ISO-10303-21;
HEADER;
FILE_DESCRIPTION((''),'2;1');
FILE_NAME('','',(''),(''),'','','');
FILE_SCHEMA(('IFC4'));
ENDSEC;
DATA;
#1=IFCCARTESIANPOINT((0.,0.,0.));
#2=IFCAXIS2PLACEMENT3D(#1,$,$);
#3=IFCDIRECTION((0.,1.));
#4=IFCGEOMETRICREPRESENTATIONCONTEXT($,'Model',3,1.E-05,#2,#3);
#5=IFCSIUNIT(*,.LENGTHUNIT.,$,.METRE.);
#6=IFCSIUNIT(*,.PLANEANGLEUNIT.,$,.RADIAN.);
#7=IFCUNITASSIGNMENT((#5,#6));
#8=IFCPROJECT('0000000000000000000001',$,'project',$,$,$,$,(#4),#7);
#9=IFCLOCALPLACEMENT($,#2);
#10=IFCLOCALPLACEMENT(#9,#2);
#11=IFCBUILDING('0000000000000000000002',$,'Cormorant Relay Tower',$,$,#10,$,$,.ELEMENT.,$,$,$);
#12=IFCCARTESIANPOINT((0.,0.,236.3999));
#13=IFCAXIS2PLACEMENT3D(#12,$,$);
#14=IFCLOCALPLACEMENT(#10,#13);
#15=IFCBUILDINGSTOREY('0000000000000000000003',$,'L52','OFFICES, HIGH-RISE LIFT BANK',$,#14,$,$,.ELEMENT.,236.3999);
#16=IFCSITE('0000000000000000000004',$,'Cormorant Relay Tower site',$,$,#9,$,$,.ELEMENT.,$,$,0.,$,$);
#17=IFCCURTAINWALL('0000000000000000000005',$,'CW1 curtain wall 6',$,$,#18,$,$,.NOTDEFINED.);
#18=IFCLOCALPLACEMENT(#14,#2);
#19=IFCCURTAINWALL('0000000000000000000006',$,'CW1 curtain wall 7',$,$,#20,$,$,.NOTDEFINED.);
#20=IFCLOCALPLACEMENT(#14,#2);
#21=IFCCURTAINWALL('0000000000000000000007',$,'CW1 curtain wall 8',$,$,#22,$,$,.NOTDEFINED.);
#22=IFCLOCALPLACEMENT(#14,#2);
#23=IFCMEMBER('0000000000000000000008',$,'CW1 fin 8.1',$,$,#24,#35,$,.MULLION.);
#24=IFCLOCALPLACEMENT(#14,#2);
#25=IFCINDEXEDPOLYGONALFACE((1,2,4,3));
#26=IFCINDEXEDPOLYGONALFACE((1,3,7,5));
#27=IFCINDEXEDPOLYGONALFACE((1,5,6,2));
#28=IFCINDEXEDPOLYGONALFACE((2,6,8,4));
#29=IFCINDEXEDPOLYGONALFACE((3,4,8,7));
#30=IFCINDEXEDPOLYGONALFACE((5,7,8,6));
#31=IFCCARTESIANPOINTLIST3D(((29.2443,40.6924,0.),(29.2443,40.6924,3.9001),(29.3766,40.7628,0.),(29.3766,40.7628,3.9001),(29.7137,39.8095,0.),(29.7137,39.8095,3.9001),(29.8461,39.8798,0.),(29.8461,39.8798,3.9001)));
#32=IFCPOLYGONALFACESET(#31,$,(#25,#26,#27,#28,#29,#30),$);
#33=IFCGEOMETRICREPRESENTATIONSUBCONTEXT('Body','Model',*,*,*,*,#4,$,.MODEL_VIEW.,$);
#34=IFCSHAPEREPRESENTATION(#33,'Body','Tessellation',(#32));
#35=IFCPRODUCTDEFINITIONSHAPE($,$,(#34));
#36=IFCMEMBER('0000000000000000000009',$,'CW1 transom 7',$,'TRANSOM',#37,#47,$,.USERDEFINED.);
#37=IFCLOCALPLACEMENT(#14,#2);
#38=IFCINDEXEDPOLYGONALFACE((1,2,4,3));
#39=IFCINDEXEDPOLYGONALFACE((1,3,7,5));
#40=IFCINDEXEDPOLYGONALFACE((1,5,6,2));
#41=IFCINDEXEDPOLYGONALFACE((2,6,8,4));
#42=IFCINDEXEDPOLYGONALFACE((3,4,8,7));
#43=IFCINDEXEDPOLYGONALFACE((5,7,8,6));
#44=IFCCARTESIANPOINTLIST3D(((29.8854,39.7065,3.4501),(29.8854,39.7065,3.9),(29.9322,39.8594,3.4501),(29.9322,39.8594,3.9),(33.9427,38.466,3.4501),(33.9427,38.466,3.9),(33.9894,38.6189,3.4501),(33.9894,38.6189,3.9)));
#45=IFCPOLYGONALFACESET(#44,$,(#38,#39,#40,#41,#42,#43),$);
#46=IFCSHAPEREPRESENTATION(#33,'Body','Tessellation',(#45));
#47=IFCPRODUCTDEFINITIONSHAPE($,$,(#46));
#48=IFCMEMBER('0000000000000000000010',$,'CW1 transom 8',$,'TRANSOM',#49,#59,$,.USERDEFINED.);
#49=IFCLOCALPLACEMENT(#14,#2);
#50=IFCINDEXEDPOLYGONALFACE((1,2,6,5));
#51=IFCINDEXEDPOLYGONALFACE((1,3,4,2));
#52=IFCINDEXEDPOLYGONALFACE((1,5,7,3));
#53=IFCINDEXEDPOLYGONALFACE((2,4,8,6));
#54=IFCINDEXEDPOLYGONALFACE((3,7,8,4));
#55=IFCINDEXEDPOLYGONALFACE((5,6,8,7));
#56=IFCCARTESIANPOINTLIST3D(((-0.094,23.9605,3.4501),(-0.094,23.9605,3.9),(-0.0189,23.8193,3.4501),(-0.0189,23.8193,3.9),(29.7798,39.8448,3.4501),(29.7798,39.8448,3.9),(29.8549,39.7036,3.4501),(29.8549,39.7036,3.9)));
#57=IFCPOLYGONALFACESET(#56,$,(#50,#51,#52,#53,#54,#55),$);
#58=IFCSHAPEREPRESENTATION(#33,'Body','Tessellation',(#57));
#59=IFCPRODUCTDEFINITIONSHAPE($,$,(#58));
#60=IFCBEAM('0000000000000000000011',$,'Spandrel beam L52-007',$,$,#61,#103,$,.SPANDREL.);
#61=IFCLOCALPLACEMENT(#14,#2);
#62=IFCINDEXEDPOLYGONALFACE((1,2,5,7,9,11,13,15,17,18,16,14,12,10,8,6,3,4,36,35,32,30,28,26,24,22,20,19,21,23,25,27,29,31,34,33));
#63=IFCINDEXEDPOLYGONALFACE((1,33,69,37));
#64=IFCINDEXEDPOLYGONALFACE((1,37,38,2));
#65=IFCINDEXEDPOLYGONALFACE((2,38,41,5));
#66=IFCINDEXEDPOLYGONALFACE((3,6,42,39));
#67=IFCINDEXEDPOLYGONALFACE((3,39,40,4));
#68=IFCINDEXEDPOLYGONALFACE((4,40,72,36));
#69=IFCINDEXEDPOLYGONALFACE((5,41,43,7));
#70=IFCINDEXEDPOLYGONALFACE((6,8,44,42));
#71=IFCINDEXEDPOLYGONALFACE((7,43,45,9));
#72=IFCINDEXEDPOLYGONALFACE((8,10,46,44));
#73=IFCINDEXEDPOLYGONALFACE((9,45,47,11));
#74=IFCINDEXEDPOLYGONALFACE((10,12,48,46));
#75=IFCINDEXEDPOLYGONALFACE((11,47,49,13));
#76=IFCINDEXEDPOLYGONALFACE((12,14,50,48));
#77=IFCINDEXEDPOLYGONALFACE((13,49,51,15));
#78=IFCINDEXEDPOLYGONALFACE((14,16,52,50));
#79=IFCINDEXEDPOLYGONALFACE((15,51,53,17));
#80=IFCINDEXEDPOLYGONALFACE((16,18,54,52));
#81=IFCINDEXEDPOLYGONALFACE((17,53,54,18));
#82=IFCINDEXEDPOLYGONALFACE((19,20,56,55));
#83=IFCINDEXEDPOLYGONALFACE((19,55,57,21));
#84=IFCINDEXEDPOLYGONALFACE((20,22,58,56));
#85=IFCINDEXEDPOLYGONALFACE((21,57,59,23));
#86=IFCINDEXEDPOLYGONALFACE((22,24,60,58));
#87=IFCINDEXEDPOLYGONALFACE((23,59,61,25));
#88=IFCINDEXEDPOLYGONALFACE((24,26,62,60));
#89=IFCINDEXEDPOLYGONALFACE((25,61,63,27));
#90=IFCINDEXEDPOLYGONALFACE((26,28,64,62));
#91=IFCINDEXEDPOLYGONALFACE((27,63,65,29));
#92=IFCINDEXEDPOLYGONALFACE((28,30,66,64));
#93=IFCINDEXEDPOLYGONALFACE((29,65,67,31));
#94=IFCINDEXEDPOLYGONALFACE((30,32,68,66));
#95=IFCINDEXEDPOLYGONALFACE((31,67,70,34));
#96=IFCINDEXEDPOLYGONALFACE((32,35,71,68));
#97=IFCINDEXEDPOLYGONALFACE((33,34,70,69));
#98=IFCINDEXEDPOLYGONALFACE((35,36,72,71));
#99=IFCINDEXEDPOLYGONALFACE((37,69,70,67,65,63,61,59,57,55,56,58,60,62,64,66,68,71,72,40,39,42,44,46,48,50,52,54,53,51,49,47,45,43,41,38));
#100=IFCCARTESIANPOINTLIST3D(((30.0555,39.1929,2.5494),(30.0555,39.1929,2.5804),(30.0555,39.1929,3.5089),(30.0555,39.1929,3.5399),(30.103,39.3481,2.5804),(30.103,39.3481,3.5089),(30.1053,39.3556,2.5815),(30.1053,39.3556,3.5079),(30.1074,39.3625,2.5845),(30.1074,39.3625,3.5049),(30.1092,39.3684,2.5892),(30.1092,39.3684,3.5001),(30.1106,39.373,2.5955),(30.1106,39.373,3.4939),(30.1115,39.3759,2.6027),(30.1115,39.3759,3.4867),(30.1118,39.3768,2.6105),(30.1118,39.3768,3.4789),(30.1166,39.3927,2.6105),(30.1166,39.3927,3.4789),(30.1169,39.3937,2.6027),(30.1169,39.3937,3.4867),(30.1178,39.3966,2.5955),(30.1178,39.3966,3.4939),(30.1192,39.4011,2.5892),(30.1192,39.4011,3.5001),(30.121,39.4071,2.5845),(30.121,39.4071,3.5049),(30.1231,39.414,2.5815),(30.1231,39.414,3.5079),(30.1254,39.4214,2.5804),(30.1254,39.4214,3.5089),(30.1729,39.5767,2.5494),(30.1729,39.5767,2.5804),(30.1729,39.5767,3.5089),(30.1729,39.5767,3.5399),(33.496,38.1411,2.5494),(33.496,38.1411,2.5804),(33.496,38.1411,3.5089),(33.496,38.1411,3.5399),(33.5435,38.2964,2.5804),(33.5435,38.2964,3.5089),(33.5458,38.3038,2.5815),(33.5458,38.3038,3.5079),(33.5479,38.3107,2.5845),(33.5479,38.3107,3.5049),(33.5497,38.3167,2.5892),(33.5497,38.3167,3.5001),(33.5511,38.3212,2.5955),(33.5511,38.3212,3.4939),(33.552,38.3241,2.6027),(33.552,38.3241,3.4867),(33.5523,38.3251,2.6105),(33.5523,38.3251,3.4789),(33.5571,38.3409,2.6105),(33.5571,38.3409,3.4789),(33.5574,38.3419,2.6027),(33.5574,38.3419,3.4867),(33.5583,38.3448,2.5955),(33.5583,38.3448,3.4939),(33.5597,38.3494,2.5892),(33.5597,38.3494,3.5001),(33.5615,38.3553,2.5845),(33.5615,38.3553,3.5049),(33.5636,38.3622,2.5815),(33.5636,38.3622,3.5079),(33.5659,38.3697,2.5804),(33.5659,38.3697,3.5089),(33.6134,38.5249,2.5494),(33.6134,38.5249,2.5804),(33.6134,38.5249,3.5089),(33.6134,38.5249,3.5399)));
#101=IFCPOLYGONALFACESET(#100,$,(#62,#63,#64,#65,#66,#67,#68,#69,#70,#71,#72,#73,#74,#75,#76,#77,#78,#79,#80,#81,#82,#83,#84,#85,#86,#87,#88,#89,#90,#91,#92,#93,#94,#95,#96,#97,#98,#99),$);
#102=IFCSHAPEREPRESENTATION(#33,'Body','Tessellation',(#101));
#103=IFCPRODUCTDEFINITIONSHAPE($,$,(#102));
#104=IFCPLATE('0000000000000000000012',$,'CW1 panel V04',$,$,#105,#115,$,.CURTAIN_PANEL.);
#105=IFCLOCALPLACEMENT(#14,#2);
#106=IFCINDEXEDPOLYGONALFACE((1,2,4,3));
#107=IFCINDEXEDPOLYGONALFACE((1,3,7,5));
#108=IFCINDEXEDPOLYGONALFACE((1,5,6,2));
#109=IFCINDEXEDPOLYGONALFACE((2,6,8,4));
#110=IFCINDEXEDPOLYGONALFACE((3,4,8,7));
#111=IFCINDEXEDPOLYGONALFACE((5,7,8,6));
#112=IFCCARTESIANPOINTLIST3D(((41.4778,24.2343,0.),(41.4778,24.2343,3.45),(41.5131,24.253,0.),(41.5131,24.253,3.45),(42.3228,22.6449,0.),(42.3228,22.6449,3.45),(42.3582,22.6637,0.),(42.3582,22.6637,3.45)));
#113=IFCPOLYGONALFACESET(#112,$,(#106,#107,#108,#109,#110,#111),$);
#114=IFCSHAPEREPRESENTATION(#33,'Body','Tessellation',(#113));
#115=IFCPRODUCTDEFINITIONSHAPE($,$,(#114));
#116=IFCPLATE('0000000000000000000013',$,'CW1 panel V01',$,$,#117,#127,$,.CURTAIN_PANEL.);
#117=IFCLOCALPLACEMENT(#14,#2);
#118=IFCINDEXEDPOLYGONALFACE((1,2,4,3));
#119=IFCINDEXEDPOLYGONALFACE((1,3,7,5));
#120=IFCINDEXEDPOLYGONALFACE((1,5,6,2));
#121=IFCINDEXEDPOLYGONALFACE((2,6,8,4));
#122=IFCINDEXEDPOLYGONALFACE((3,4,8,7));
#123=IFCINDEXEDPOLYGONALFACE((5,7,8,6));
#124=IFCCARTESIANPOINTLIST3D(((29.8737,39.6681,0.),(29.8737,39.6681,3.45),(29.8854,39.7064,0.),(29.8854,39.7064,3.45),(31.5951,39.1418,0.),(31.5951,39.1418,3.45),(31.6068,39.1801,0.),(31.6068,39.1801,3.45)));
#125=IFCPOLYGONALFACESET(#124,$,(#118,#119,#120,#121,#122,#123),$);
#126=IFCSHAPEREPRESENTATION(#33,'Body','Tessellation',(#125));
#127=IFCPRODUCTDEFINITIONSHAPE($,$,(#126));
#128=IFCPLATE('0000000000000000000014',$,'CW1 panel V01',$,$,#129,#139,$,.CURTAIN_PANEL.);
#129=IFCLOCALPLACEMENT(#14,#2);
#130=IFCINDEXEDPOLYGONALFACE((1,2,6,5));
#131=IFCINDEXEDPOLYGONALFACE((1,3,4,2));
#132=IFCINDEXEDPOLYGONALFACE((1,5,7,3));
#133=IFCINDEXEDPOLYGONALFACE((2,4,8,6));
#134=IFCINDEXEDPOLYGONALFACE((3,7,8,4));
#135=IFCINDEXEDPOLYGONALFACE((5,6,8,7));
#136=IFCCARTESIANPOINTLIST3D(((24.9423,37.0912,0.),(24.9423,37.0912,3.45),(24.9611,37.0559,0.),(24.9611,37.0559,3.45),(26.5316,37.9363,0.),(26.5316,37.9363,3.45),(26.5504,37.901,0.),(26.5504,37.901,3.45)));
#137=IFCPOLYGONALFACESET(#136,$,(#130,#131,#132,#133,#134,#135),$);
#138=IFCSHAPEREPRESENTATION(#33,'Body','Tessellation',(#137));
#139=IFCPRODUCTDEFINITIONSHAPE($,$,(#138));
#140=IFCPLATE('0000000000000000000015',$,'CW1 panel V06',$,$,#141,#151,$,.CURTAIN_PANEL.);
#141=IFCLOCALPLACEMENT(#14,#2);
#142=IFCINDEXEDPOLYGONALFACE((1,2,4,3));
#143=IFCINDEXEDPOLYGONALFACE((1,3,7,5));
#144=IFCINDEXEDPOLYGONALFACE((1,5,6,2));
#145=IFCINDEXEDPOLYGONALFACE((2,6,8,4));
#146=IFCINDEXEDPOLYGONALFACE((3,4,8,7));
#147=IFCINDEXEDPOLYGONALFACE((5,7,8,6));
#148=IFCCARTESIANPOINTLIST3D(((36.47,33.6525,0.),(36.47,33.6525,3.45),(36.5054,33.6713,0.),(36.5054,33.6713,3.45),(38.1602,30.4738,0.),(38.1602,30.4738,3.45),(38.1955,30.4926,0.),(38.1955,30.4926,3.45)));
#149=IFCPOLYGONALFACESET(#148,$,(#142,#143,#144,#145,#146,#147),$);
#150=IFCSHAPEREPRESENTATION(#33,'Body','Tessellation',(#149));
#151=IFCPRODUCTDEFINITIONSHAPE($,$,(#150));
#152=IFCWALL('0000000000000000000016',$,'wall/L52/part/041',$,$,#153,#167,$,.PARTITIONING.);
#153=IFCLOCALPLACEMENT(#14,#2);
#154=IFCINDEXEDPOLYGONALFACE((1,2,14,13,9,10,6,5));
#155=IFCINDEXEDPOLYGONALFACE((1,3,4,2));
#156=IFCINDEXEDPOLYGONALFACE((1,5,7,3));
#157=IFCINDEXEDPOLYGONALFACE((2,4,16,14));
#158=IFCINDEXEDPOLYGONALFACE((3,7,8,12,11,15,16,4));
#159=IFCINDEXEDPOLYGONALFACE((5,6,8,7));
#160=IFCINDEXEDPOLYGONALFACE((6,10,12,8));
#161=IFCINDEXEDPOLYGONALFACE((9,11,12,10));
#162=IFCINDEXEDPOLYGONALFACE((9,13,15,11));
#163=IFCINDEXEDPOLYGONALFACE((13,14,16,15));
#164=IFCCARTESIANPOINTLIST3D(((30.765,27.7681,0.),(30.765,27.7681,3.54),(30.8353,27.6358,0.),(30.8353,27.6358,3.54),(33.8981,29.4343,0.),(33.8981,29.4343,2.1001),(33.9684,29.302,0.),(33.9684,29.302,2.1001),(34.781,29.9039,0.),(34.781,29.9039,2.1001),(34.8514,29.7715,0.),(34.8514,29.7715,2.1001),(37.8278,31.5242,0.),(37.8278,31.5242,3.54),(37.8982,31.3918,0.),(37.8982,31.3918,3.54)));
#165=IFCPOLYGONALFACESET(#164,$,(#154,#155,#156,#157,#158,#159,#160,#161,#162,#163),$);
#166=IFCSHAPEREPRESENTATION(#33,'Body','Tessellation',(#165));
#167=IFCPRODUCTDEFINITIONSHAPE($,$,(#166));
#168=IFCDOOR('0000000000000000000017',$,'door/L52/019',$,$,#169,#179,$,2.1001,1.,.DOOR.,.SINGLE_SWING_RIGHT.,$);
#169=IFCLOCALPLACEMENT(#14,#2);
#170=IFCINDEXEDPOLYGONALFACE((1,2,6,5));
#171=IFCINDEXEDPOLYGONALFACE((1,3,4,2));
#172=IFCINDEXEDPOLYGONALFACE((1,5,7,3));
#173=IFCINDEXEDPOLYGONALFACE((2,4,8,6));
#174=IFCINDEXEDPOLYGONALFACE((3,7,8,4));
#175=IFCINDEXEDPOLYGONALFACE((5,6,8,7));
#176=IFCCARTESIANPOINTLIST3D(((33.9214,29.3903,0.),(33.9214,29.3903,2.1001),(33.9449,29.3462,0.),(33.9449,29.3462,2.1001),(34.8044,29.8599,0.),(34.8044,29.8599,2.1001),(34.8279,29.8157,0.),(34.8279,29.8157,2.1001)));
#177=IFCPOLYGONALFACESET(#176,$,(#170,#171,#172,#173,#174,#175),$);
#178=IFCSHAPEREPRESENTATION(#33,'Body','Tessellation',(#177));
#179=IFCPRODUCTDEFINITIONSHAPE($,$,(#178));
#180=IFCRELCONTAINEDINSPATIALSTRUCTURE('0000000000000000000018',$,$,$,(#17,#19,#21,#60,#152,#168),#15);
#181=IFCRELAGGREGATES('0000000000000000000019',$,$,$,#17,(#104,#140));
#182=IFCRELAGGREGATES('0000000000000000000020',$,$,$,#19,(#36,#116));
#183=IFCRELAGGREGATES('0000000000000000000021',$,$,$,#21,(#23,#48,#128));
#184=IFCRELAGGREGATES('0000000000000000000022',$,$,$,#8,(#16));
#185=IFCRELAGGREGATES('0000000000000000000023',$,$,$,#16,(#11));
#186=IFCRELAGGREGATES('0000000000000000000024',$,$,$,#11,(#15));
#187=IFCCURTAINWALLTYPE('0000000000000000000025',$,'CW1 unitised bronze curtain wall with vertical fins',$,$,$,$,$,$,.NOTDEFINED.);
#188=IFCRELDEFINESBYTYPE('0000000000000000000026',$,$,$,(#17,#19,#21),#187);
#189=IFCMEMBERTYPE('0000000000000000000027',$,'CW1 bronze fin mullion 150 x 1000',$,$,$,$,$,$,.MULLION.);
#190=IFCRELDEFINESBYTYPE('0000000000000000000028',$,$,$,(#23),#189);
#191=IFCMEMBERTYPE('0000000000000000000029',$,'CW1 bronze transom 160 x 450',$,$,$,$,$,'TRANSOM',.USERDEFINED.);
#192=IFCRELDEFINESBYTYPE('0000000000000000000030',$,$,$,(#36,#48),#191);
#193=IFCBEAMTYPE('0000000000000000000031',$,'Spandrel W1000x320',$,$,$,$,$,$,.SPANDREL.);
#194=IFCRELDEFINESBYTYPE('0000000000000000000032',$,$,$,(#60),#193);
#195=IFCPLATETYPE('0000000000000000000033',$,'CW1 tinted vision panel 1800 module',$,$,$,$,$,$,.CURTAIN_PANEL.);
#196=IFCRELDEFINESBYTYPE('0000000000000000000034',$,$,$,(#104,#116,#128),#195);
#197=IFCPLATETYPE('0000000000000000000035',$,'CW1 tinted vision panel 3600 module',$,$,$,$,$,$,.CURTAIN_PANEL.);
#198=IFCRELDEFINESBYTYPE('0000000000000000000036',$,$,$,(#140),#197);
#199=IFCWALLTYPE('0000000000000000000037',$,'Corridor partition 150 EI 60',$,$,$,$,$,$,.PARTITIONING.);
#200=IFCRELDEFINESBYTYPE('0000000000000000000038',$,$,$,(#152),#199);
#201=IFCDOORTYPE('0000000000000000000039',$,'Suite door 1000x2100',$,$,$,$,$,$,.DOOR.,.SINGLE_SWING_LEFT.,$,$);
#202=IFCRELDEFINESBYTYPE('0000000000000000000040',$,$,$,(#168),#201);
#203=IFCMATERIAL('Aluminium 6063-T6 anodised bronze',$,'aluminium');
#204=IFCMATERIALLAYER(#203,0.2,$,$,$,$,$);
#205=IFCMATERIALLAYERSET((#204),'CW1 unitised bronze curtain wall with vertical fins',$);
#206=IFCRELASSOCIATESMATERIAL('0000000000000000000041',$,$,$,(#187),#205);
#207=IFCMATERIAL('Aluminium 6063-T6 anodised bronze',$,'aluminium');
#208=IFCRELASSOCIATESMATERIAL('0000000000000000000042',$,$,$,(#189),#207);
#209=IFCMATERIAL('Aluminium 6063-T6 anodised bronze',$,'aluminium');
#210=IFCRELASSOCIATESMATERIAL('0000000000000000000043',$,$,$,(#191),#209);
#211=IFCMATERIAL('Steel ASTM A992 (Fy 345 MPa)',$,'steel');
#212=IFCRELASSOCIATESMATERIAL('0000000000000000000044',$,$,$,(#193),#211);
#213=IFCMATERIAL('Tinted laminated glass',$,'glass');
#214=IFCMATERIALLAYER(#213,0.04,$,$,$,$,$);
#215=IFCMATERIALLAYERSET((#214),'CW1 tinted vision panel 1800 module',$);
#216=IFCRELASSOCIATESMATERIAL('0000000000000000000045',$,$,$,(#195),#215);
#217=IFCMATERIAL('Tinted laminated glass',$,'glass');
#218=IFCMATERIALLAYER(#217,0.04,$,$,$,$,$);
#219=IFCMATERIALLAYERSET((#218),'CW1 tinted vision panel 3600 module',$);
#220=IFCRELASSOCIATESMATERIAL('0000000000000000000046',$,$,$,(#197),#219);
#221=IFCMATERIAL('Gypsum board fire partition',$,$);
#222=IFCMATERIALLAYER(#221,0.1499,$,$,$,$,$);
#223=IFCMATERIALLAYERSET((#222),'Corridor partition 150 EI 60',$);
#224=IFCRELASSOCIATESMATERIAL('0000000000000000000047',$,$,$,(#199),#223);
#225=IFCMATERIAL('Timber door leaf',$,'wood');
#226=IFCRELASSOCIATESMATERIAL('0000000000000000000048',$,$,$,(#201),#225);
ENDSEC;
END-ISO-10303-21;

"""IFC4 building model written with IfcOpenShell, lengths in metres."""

from ifc_helpers import new_model, si_unit, direction, frame, frame_2d, origin, origin_2d, place, context, subcontext, project, spatial, rectangle, i_section, extrude, material, layer, layer_set, material_profile, profile_set, type_object, element, fill, aggregate, save


model = new_model("IFC4")

# Units and contexts
model_context = context("Model", 3, precision=1e-05, world=origin(), true_north=direction((0.0, 1.0)))
body_context = subcontext(model_context, "Body", "Model", "MODEL_VIEW")
ifc_project = project(units=[si_unit("LENGTHUNIT", "METRE"), si_unit("PLANEANGLEUNIT", "RADIAN")], contexts=[model_context])

# Site, building, storey
site_placement = place(None, origin())
site = spatial("IfcSite", under=ifc_project, at=site_placement, Name="Cormorant Relay Tower site", CompositionType="ELEMENT", RefElevation=0.0)
building_placement = place(site_placement, origin())
building = spatial("IfcBuilding", under=site, at=building_placement, Name="Cormorant Relay Tower", CompositionType="ELEMENT")
storey_placement = place(building_placement, frame((0.0, 0.0, 236.3999)))
storey = spatial("IfcBuildingStorey", under=building, at=storey_placement, Name="L52", Description="OFFICES, HIGH-RISE LIFT BANK", CompositionType="ELEMENT", Elevation=236.3999)

# Curtain wall
ifc_material_1 = material(Name="Aluminium 6063-T6 anodised bronze", Category="aluminium")
ifc_layer_1 = layer(ifc_material_1, 0.2)
ifc_layer_set_1 = layer_set([ifc_layer_1], Name="CW1 unitised bronze curtain wall with vertical fins")
curtain_wall_type = type_object("IfcCurtainWallType", Name="CW1 unitised bronze curtain wall with vertical fins", PredefinedType="NOTDEFINED", material=ifc_layer_set_1)
curtain_wall_1_placement = place(storey_placement, origin())
curtain_wall_1 = element("IfcCurtainWall", 1, at=curtain_wall_1_placement, inside=storey, type_object=curtain_wall_type, Name="CW1 curtain wall 6", PredefinedType="NOTDEFINED")
ifc_material_2 = material(Name="Aluminium 6063-T6 anodised bronze", Category="aluminium")
ifc_material_profile_1 = material_profile(ifc_material_2, rectangle(XDim=0.1499, YDim=1.0, at=origin_2d()), Name="AL 150x1000")
ifc_profile_set_1 = profile_set([ifc_material_profile_1], Name="Aluminium 6063-T6 anodised bronze")
member_type_1 = type_object("IfcMemberType", Name="CW1 bronze fin mullion 150 x 1000", PredefinedType="MULLION", material=ifc_profile_set_1)

# Curtain walls, member
curtain_wall_2_placement = place(storey_placement, origin())
curtain_wall_2 = element("IfcCurtainWall", 2, at=curtain_wall_2_placement, inside=storey, type_object=curtain_wall_type, Name="CW1 curtain wall 7", PredefinedType="NOTDEFINED")
curtain_wall_3_placement = place(storey_placement, origin())
curtain_wall_3 = element("IfcCurtainWall", 3, at=curtain_wall_3_placement, inside=storey, type_object=curtain_wall_type, Name="CW1 curtain wall 8", PredefinedType="NOTDEFINED")
member_1_placement = place(storey_placement, frame((29.5452, 40.2861, 0.0), z_axis=(0.0, 0.0, 1.0), x_axis=(-0.882948, -0.469472, 0.0)))
member_1 = element("IfcMember", 4, at=member_1_placement, type_object=member_type_1, Name="CW1 fin 8.1", PredefinedType="MULLION", context=body_context, shape_type="SweptSolid", body=[
    extrude(rectangle(XDim=0.1499, YDim=1.0, at=origin_2d()), origin(), (0.0, 0.0, 1.0), 3.9001),
])

# Members
ifc_material_3 = material(Name="Aluminium 6063-T6 anodised bronze", Category="aluminium")
ifc_material_profile_2 = material_profile(ifc_material_3, rectangle(XDim=0.1599, YDim=0.45, at=origin_2d()), Name="AL 160x450")
ifc_profile_set_2 = profile_set([ifc_material_profile_2], Name="Aluminium 6063-T6 anodised bronze")
member_type_2 = type_object("IfcMemberType", Name="CW1 bronze transom 160 x 450", ElementType="TRANSOM", PredefinedType="USERDEFINED", material=ifc_profile_set_2)
member_2_placement = place(storey_placement, frame((33.9661, 38.5425, 3.675), z_axis=(-0.956304, 0.292375, 0.0), x_axis=(-0.292375, -0.956304, 0.0)))
member_2 = element("IfcMember", 5, at=member_2_placement, type_object=member_type_2, Name="CW1 transom 7", ObjectType="TRANSOM", PredefinedType="USERDEFINED", context=body_context, shape_type="SweptSolid", body=[
    extrude(rectangle(XDim=0.1599, YDim=0.45, at=origin_2d()), origin(), (0.0, 0.0, 1.0), 4.2427),
])
member_3_placement = place(storey_placement, frame((29.8174, 39.7742, 3.675), z_axis=(-0.882946, -0.469474, 0.0), x_axis=(0.469474, -0.882946, 0.0)))
member_3 = element("IfcMember", 6, at=member_3_placement, type_object=member_type_2, Name="CW1 transom 8", ObjectType="TRANSOM", PredefinedType="USERDEFINED", context=body_context, shape_type="SweptSolid", body=[
    extrude(rectangle(XDim=0.1599, YDim=0.45, at=origin_2d()), origin(), (0.0, 0.0, 1.0), 33.8342),
])

# Beam
ifc_material_4 = material(Name="Steel ASTM A992 (Fy 345 MPa)", Category="steel")
ifc_material_profile_3 = material_profile(ifc_material_4, i_section(OverallWidth=0.4014, OverallDepth=0.9905, WebThickness=0.0166, FlangeThickness=0.031, FilletRadius=0.03, at=origin_2d()), Name="W1000x320")
ifc_profile_set_3 = profile_set([ifc_material_profile_3], Name="Steel ASTM A992 (Fy 345 MPa)")
beam_type = type_object("IfcBeamType", Name="Spandrel W1000x320", PredefinedType="SPANDREL", material=ifc_profile_set_3)
beam_placement = place(storey_placement, frame((33.5547, 38.333, 3.0447), z_axis=(-0.956312, 0.29235, 0.0), x_axis=(-0.29235, -0.956312, 0.0)))
element("IfcBeam", 7, at=beam_placement, inside=storey, type_object=beam_type, Name="Spandrel beam L52-007", PredefinedType="SPANDREL", context=body_context, shape_type="SweptSolid", body=[
    extrude(i_section(OverallWidth=0.4014, OverallDepth=0.9905, WebThickness=0.0166, FlangeThickness=0.031, FilletRadius=0.03, at=origin_2d()), origin(), (0.0, 0.0, 1.0), 3.5977),
])

# Plates
ifc_material_5 = material(Name="Tinted laminated glass", Category="glass")
ifc_layer_2 = layer(ifc_material_5, 0.04)
ifc_layer_set_2 = layer_set([ifc_layer_2], Name="CW1 tinted vision panel 1800 module")
plate_type_1 = type_object("IfcPlateType", Name="CW1 tinted vision panel 1800 module", PredefinedType="CURTAIN_PANEL", material=ifc_layer_set_2)
plate_1_placement = place(storey_placement, frame((41.918, 23.449, 0.0), z_axis=(0.0, 0.0, 1.0), x_axis=(-0.469472, 0.882948, 0.0)))
plate_1 = element("IfcPlate", 8, at=plate_1_placement, type_object=plate_type_1, Name="CW1 panel V04", PredefinedType="CURTAIN_PANEL", context=body_context, shape_type="SweptSolid", body=[
    extrude(rectangle(XDim=1.8, YDim=0.04, at=origin_2d()), origin(), (0.0, 0.0, 1.0), 3.45),
])
plate_2_placement = place(storey_placement, frame((30.7402, 39.4241, 0.0), z_axis=(0.0, 0.0, 1.0), x_axis=(-0.956305, 0.292372, 0.0)))
plate_2 = element("IfcPlate", 9, at=plate_2_placement, type_object=plate_type_1, Name="CW1 panel V01", PredefinedType="CURTAIN_PANEL", context=body_context, shape_type="SweptSolid", body=[
    extrude(rectangle(XDim=1.8, YDim=0.04, at=origin_2d()), origin(), (0.0, 0.0, 1.0), 3.45),
])
plate_3_placement = place(storey_placement, frame((25.7463, 37.4961, 0.0), z_axis=(0.0, 0.0, 1.0), x_axis=(-0.882948, -0.469472, 0.0)))
plate_3 = element("IfcPlate", 10, at=plate_3_placement, type_object=plate_type_1, Name="CW1 panel V01", PredefinedType="CURTAIN_PANEL", context=body_context, shape_type="SweptSolid", body=[
    extrude(rectangle(XDim=1.8, YDim=0.04, at=origin_2d()), origin(), (0.0, 0.0, 1.0), 3.45),
])
ifc_material_6 = material(Name="Tinted laminated glass", Category="glass")
ifc_layer_3 = layer(ifc_material_6, 0.04)
ifc_layer_set_3 = layer_set([ifc_layer_3], Name="CW1 tinted vision panel 3600 module")
plate_type_2 = type_object("IfcPlateType", Name="CW1 tinted vision panel 3600 module", PredefinedType="CURTAIN_PANEL", material=ifc_layer_set_3)
plate_4_placement = place(storey_placement, frame((37.3328, 32.0725, 0.0), z_axis=(0.0, 0.0, 1.0), x_axis=(-0.469472, 0.882948, 0.0)))
plate_4 = element("IfcPlate", 11, at=plate_4_placement, type_object=plate_type_2, Name="CW1 panel V06", PredefinedType="CURTAIN_PANEL", context=body_context, shape_type="SweptSolid", body=[
    extrude(rectangle(XDim=3.6001, YDim=0.04, at=origin_2d()), origin(), (0.0, 0.0, 1.0), 3.45),
])

# Wall, opening, door
ifc_material_7 = material(Name="Gypsum board fire partition")
ifc_layer_4 = layer(ifc_material_7, 0.1499)
ifc_layer_set_4 = layer_set([ifc_layer_4], Name="Corridor partition 150 EI 60")
wall_type_1 = type_object("IfcWallType", Name="Corridor partition 150 EI 60", PredefinedType="PARTITIONING", material=ifc_layer_set_4)
wall_1_placement = place(storey_placement, frame((37.863, 31.458, 0.0), z_axis=(0.0, 0.0, 1.0), x_axis=(-0.882914, -0.469535, 0.0)))
wall_1 = element("IfcWall", 12, at=wall_1_placement, inside=storey, type_object=wall_type_1, Name="wall/L52/part/041", PredefinedType="PARTITIONING", context=body_context, shape_type="SweptSolid", body=[
    extrude(rectangle(XDim=7.9995, YDim=0.1499, at=frame_2d((3.9998, 0.0))), origin(), (0.0, 0.0, 1.0), 3.54),
])
opening_1_placement = place(wall_1_placement, frame((3.4509, 0.0, 0.0)))
opening_1 = element("IfcOpeningElement", 13, at=opening_1_placement, cuts=wall_1, PredefinedType="OPENING", context=body_context, shape_type="SweptSolid", body=[
    extrude(rectangle(XDim=1.0, YDim=2.1001, at=frame_2d((0.5, 1.05))), frame((0.0, 0.085, 0.0), z_axis=(0.0, -1.0, 0.0), x_axis=(1.0, 0.0, 0.0)), (0.0, 0.0, 1.0), 0.1699),
])
ifc_material_8 = material(Name="Timber door leaf", Category="wood")
door_type = type_object("IfcDoorType", Name="Suite door 1000x2100", OperationType="SINGLE_SWING_LEFT", PredefinedType="DOOR", material=ifc_material_8)
door_1_placement = place(opening_1_placement, origin())
door_1 = element("IfcDoor", 14, at=door_1_placement, inside=storey, type_object=door_type, Name="door/L52/019", OperationType="SINGLE_SWING_RIGHT", OverallHeight=2.1001, OverallWidth=1.0, PredefinedType="DOOR", context=body_context, shape_type="SweptSolid", body=[
    extrude(rectangle(XDim=1.0, YDim=2.1001, at=frame_2d((0.5, 1.05))), frame((0.0, 0.0249, 0.0), z_axis=(0.0, -1.0, 0.0), x_axis=(1.0, 0.0, 0.0)), (0.0, 0.0, 1.0), 0.05),
])
fill(opening_1, door_1)

aggregate(curtain_wall_1, [plate_1, plate_4])
aggregate(curtain_wall_2, [member_2, plate_2])
aggregate(curtain_wall_3, [member_1, member_3, plate_3])

save(model, "model.ifc")
